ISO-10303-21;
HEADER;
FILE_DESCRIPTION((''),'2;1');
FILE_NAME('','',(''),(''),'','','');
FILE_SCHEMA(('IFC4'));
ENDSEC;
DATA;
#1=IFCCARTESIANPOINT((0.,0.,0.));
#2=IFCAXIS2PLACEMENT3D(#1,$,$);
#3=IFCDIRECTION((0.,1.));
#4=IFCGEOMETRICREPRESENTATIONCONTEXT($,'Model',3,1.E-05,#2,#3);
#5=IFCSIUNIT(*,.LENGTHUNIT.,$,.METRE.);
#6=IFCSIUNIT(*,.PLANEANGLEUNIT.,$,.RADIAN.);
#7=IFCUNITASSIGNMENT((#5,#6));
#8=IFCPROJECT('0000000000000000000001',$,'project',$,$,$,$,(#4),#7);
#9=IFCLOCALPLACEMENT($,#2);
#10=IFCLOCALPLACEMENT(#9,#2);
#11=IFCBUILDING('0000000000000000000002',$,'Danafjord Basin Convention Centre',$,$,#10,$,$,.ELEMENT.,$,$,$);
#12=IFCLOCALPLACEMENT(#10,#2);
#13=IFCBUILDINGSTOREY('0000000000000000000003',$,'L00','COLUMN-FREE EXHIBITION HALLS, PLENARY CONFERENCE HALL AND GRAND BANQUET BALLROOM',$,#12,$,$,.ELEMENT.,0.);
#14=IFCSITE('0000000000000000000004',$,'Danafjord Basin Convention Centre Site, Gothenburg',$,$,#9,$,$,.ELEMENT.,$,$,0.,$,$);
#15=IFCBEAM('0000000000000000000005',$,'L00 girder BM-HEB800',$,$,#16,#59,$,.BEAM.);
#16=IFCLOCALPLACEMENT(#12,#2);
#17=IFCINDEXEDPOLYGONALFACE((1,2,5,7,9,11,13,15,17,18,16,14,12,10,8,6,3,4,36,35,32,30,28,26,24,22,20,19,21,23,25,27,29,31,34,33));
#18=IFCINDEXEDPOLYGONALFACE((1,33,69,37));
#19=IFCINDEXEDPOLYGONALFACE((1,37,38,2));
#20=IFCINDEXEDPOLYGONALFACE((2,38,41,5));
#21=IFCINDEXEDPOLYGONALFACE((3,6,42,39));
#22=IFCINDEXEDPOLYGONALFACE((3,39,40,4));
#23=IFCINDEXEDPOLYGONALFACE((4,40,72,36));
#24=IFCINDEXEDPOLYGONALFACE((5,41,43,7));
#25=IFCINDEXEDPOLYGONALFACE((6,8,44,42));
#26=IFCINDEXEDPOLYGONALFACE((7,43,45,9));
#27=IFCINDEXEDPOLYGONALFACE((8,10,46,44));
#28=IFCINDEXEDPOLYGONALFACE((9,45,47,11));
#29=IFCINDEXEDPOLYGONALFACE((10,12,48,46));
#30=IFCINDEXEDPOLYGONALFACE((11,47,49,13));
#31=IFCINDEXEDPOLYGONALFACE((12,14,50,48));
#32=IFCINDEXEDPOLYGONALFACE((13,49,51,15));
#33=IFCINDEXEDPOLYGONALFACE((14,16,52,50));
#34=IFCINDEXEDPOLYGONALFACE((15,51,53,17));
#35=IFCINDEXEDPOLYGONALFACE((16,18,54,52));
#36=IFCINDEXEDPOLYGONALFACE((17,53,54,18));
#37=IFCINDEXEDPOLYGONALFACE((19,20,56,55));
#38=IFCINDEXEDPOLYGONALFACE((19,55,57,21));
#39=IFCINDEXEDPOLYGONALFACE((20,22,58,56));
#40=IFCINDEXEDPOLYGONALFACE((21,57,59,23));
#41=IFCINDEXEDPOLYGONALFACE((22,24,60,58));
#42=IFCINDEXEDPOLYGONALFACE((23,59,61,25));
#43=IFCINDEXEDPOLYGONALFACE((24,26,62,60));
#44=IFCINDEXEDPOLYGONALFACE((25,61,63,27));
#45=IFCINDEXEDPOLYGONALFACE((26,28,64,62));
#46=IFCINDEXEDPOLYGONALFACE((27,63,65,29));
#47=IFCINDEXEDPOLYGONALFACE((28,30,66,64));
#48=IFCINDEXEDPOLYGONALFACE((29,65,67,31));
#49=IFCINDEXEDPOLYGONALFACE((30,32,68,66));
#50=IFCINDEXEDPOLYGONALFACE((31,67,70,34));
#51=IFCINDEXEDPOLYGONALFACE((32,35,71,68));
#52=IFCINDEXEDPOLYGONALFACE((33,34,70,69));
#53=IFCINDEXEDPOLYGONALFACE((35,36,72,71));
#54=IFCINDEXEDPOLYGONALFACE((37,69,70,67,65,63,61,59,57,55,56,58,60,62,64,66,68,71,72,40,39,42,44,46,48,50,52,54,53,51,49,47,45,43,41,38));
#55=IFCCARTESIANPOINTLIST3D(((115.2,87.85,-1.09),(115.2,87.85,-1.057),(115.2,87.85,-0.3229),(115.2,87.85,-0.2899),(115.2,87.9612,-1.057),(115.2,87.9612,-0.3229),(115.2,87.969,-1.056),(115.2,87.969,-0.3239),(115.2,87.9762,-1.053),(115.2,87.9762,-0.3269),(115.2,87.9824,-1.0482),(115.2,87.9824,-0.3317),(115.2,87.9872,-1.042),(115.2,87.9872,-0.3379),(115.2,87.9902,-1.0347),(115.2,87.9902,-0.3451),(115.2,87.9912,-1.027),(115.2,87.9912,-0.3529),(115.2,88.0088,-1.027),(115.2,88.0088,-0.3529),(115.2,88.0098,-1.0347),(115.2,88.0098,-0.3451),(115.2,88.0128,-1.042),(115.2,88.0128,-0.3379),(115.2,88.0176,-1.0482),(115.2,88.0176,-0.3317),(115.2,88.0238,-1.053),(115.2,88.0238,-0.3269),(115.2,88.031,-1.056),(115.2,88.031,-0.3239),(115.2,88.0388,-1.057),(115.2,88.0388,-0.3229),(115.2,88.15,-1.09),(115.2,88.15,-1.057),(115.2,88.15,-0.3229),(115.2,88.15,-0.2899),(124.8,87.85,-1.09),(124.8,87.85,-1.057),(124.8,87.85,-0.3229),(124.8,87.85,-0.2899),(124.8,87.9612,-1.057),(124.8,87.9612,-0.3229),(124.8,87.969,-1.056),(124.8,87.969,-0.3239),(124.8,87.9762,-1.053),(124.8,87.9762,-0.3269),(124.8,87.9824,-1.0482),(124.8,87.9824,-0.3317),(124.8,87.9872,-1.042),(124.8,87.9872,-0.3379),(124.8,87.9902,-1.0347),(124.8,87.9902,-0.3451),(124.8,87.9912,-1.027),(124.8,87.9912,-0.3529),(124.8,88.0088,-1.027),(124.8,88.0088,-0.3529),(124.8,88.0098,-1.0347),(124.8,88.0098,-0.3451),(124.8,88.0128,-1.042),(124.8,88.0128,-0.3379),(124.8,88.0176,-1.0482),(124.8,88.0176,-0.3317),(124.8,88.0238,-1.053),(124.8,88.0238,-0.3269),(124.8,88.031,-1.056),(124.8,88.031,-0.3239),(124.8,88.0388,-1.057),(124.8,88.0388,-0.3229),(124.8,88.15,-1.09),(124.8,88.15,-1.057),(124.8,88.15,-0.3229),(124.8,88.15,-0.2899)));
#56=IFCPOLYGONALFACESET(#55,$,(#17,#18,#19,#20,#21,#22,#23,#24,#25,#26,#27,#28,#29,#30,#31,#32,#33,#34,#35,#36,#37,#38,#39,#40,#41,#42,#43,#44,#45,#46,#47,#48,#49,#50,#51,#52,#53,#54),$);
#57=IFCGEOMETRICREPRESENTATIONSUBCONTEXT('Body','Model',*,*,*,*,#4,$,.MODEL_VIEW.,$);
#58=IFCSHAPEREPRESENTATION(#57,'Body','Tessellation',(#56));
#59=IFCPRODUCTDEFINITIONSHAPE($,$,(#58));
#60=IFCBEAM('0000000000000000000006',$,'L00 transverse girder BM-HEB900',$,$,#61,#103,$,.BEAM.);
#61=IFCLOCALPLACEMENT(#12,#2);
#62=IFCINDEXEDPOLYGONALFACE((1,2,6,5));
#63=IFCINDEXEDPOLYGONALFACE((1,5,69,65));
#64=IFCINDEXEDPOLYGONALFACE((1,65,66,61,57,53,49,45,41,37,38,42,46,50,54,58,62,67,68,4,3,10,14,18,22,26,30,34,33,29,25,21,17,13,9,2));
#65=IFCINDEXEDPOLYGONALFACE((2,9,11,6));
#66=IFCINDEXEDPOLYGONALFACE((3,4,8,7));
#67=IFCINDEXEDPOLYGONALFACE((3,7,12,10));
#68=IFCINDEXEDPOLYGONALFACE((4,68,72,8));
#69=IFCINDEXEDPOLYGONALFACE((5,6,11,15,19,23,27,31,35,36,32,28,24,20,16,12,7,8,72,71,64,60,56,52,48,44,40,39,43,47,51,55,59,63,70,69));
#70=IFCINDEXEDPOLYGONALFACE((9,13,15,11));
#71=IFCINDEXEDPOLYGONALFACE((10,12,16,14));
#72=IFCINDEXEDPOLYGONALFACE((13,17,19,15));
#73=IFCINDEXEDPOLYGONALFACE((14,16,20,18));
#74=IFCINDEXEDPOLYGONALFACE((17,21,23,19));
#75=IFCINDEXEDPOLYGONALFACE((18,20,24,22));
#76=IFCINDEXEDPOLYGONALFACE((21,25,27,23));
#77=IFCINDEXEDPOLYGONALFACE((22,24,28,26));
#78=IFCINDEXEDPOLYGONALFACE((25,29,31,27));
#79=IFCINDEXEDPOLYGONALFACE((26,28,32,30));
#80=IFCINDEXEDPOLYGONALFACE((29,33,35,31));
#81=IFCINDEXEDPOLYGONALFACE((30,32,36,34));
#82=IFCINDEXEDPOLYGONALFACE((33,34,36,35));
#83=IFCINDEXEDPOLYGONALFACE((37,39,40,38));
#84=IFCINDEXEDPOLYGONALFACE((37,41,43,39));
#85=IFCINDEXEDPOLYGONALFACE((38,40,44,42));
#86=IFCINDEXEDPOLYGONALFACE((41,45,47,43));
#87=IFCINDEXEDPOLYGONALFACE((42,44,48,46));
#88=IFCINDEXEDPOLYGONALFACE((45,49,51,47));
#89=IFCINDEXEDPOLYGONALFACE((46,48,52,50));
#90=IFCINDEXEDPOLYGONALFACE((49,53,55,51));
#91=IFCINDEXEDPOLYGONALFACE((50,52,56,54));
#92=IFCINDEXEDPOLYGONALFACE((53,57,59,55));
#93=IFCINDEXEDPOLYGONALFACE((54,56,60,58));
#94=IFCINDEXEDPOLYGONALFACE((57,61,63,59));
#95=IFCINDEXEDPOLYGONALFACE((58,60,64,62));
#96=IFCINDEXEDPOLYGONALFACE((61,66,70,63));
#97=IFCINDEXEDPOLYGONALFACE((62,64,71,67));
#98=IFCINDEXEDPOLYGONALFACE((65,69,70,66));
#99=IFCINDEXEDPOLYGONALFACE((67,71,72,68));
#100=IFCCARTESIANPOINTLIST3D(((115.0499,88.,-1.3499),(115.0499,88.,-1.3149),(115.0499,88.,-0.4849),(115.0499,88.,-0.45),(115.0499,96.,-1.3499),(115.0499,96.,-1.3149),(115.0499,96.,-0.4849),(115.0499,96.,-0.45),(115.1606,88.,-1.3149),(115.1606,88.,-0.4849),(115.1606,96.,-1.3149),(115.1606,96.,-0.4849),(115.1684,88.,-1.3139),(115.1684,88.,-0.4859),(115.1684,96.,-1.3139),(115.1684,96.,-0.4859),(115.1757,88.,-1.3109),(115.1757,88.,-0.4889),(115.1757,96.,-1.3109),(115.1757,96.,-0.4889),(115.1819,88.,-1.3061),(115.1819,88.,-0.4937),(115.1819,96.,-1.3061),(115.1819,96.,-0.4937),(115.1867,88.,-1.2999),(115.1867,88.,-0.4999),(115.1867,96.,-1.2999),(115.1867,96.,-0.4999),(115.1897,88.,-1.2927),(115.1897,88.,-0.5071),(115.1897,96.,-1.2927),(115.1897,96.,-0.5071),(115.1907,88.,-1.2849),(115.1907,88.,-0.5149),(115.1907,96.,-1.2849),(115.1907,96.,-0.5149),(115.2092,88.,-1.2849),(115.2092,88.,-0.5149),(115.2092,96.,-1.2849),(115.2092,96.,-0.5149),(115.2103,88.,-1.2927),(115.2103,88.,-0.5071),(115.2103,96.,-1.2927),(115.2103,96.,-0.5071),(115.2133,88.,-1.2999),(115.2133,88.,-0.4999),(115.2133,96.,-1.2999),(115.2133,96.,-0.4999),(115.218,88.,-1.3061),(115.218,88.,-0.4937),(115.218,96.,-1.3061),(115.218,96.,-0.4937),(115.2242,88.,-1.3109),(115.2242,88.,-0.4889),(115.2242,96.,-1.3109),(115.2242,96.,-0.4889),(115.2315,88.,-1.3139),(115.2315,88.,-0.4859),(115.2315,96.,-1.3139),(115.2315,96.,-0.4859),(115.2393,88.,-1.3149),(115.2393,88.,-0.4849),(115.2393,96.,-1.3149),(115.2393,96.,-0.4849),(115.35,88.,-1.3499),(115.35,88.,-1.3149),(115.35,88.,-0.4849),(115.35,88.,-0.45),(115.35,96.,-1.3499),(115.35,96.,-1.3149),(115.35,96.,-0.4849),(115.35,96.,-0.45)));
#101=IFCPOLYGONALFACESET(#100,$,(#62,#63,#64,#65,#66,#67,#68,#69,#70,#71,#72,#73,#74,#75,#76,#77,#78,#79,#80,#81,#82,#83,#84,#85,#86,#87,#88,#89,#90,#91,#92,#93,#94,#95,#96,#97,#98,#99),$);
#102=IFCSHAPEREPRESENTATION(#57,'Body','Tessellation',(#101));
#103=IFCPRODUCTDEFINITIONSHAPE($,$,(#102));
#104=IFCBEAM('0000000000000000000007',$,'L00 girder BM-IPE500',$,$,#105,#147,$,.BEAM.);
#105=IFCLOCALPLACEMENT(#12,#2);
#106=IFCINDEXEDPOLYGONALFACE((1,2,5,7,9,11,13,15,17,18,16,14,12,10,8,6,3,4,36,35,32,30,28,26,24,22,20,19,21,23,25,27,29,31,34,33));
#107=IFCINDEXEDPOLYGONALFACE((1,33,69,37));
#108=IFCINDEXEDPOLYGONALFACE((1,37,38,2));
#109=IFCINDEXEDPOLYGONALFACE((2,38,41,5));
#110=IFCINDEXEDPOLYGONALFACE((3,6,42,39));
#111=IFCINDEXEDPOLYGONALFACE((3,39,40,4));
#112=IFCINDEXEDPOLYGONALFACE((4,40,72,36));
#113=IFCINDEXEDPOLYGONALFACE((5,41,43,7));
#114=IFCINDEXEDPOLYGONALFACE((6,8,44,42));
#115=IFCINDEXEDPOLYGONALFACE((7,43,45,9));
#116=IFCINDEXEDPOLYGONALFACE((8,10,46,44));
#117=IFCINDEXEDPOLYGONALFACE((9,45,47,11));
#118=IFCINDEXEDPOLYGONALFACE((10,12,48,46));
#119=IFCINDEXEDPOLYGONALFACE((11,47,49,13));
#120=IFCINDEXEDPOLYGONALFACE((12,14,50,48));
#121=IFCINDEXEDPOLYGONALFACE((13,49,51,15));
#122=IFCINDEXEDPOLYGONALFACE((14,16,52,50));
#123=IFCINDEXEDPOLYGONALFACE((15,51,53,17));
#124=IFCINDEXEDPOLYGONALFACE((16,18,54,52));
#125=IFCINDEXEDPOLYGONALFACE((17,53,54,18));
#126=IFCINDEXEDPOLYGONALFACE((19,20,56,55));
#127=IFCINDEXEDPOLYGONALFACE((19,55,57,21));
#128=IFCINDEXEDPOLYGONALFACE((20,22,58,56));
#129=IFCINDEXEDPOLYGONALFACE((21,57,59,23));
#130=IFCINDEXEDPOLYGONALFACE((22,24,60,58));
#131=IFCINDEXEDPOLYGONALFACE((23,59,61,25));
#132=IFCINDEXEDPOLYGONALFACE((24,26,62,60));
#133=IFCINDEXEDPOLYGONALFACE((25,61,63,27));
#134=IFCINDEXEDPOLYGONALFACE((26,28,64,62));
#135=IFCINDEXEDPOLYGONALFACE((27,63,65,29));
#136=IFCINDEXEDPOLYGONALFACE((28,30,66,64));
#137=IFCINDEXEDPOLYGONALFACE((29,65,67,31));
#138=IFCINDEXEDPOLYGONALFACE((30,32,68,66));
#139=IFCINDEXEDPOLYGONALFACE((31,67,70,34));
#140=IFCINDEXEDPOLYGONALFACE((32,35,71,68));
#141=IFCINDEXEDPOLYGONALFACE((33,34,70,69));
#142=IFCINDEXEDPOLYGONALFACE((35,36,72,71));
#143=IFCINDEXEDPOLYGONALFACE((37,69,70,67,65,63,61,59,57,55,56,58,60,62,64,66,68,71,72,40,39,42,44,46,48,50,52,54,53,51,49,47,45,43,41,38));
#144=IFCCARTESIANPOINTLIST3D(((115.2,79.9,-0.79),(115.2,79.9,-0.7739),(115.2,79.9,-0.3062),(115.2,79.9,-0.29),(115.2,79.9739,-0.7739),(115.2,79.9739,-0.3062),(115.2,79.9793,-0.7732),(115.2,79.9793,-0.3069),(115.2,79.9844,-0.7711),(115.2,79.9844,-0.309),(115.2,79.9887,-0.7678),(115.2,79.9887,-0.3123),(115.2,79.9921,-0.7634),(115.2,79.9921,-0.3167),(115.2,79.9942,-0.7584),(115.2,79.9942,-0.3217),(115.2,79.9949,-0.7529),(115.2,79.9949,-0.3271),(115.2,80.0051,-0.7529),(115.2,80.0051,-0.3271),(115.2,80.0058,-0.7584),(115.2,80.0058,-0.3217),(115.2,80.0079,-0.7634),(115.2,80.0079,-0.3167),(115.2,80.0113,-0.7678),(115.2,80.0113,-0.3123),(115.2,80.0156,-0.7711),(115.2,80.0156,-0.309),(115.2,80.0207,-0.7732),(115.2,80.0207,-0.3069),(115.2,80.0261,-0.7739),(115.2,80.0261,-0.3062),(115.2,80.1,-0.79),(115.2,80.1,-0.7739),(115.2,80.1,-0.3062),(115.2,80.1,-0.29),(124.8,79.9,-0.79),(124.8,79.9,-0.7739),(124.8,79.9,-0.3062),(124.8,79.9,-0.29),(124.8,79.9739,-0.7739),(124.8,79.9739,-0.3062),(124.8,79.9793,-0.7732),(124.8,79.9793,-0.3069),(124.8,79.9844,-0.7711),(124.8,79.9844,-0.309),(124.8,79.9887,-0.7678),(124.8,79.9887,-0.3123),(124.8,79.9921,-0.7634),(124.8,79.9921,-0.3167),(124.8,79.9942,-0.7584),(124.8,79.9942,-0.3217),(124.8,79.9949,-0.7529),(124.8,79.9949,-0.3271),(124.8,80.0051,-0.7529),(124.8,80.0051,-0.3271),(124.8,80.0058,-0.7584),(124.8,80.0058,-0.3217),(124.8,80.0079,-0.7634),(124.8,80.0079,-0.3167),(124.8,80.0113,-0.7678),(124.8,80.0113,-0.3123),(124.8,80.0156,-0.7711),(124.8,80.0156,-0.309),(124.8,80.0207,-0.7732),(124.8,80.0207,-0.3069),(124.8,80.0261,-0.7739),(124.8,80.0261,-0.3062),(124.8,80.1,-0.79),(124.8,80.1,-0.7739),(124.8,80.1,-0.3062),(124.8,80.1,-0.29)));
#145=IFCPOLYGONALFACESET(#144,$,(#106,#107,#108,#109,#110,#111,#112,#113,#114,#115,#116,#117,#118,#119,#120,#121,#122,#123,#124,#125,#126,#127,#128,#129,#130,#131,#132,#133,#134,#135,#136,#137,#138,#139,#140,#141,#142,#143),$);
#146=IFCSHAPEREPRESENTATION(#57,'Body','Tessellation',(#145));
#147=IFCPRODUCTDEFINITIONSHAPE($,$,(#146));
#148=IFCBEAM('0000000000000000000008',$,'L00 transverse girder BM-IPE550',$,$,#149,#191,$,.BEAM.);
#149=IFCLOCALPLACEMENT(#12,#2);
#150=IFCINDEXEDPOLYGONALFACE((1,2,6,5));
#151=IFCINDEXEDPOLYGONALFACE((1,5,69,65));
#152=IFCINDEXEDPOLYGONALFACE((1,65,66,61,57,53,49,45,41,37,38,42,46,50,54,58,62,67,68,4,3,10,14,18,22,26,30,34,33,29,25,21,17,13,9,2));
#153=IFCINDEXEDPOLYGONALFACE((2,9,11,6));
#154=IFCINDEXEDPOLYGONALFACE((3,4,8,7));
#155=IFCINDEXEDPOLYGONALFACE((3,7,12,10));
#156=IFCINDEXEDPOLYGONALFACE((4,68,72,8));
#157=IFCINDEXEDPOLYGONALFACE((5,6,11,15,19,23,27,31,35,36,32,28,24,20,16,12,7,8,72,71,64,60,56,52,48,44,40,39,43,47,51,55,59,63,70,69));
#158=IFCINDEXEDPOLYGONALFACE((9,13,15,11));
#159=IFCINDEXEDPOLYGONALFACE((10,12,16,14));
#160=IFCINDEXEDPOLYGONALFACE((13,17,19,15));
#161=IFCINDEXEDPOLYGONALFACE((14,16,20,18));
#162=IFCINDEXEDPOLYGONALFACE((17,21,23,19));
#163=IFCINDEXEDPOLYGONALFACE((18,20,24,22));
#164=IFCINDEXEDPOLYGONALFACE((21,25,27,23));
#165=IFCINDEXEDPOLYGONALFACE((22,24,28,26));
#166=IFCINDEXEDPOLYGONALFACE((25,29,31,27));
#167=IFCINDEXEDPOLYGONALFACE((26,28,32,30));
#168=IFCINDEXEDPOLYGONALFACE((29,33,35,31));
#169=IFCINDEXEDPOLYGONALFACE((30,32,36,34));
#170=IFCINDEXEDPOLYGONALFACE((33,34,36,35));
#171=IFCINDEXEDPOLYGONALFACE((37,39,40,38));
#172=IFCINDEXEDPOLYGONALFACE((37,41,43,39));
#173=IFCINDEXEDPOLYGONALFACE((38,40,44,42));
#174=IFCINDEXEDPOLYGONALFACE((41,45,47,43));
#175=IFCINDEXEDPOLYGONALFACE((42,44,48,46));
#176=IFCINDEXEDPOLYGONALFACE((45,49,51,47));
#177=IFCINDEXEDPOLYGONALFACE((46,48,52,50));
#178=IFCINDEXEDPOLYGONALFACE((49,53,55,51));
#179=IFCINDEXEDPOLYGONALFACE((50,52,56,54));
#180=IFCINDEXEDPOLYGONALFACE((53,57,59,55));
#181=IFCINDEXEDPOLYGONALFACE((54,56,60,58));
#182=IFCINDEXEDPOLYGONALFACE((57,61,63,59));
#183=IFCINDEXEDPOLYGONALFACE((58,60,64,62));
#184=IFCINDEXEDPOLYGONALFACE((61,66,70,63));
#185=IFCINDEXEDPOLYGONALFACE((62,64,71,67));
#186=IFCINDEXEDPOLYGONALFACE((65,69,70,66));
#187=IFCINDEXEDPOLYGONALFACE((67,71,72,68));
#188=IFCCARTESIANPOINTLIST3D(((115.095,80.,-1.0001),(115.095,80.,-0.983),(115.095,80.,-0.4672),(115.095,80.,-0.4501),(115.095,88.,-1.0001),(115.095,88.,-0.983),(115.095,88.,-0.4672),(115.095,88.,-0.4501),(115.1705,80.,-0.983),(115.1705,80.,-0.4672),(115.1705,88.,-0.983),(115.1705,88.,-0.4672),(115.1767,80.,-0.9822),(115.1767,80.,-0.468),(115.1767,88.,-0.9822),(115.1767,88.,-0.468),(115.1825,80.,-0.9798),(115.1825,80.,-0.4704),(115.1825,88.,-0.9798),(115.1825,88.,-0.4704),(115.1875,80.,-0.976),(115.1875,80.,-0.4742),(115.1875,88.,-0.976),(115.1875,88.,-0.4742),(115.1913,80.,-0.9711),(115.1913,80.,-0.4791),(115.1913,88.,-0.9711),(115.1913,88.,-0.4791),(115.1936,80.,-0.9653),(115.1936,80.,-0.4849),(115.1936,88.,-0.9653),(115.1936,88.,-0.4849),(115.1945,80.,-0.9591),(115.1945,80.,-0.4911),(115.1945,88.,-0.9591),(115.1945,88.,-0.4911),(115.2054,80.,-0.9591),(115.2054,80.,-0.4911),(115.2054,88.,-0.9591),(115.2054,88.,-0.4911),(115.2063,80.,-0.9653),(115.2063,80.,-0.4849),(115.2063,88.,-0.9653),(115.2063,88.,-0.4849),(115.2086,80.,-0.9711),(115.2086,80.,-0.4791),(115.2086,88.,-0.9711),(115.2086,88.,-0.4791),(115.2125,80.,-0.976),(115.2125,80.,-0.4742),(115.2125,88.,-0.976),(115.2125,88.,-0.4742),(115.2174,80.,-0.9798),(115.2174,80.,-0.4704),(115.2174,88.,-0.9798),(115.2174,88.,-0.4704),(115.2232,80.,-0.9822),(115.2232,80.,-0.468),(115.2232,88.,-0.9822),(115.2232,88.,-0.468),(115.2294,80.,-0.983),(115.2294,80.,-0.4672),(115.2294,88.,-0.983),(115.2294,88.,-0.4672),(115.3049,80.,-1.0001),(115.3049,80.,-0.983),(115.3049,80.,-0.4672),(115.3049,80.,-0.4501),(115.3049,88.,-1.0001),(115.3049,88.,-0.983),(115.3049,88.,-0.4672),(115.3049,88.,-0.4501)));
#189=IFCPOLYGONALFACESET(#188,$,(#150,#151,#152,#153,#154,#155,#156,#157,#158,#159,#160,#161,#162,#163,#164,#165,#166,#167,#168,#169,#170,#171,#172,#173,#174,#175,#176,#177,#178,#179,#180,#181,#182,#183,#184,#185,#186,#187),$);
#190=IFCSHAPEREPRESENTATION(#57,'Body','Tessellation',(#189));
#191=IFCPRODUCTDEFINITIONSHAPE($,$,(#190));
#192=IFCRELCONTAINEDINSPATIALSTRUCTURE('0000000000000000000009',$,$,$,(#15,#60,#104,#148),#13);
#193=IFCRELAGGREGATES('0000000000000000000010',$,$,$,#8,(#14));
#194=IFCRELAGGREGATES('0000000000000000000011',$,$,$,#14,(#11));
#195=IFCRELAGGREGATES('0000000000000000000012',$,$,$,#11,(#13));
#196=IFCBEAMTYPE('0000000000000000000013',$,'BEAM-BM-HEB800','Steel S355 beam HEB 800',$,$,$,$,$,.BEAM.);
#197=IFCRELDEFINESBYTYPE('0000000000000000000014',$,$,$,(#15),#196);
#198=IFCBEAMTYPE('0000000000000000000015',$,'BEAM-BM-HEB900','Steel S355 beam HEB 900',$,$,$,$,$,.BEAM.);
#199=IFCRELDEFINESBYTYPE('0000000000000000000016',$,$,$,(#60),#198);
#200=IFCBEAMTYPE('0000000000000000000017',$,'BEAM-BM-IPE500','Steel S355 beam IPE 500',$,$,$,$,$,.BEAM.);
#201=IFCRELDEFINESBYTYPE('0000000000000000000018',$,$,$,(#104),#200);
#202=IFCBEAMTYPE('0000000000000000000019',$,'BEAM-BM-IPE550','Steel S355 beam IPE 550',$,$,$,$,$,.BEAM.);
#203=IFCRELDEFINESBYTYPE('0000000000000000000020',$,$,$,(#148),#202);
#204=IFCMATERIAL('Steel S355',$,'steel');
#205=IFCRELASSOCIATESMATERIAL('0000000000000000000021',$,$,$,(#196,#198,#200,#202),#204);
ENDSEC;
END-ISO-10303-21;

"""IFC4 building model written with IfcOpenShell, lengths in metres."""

from ifc_helpers import new_model, si_unit, direction, frame, origin, origin_2d, place, context, subcontext, project, spatial, i_section, extrude, material, material_profile, profile_set, type_object, element, save


model = new_model("IFC4")

# Units and contexts
model_context = context("Model", 3, precision=1e-05, world=origin(), true_north=direction((0.0, 1.0)))
body_context = subcontext(model_context, "Body", "Model", "MODEL_VIEW")
ifc_project = project(units=[si_unit("LENGTHUNIT", "METRE"), si_unit("PLANEANGLEUNIT", "RADIAN")], contexts=[model_context])

# Site, building, storey
site_placement = place(None, origin())
site = spatial("IfcSite", under=ifc_project, at=site_placement, Name="Danafjord Basin Convention Centre Site, Gothenburg", CompositionType="ELEMENT", RefElevation=0.0)
building_placement = place(site_placement, origin())
building = spatial("IfcBuilding", under=site, at=building_placement, Name="Danafjord Basin Convention Centre", CompositionType="ELEMENT")
storey_placement = place(building_placement, origin())
storey = spatial("IfcBuildingStorey", under=building, at=storey_placement, Name="L00", Description="COLUMN-FREE EXHIBITION HALLS, PLENARY CONFERENCE HALL AND GRAND BANQUET BALLROOM", CompositionType="ELEMENT", Elevation=0.0)

# Shared definitions
ifc_material_1 = material(Name="Steel S355", Category="steel")

# Beams
ifc_material_profile_1 = material_profile(ifc_material_1, i_section(OverallWidth=0.3, OverallDepth=0.8, WebThickness=0.0176, FlangeThickness=0.033, FilletRadius=0.03, at=origin_2d()), Name="HEB 800")
ifc_profile_set_1 = profile_set([ifc_material_profile_1], Name="Steel S355")
beam_type_1 = type_object("IfcBeamType", Name="BEAM-BM-HEB800", Description="Steel S355 beam HEB 800", PredefinedType="BEAM", material=ifc_profile_set_1)
beam_1_placement = place(storey_placement, frame((115.2, 88.0, -0.6899), z_axis=(1.0, 0.0, 0.0), x_axis=(0.0, 1.0, 0.0)))
element("IfcBeam", 1, at=beam_1_placement, inside=storey, type_object=beam_type_1, Name="L00 girder BM-HEB800", PredefinedType="BEAM", context=body_context, shape_type="SweptSolid", body=[
    extrude(i_section(OverallWidth=0.3, OverallDepth=0.8, WebThickness=0.0176, FlangeThickness=0.033, FilletRadius=0.03, at=origin_2d()), origin(), (0.0, 0.0, 1.0), 9.6001),
])
ifc_material_profile_2 = material_profile(ifc_material_1, i_section(OverallWidth=0.3, OverallDepth=0.8999, WebThickness=0.0186, FlangeThickness=0.0349, FilletRadius=0.03, at=origin_2d()), Name="HEB 900")
ifc_profile_set_2 = profile_set([ifc_material_profile_2], Name="Steel S355")
beam_type_2 = type_object("IfcBeamType", Name="BEAM-BM-HEB900", Description="Steel S355 beam HEB 900", PredefinedType="BEAM", material=ifc_profile_set_2)
beam_2_placement = place(storey_placement, frame((115.2, 88.0, -0.8999), z_axis=(0.0, 1.0, 0.0), x_axis=(-1.0, 0.0, 0.0)))
element("IfcBeam", 2, at=beam_2_placement, inside=storey, type_object=beam_type_2, Name="L00 transverse girder BM-HEB900", PredefinedType="BEAM", context=body_context, shape_type="SweptSolid", body=[
    extrude(i_section(OverallWidth=0.3, OverallDepth=0.8999, WebThickness=0.0186, FlangeThickness=0.0349, FilletRadius=0.03, at=origin_2d()), origin(), (0.0, 0.0, 1.0), 8.0),
])
ifc_material_profile_3 = material_profile(ifc_material_1, i_section(OverallWidth=0.2, OverallDepth=0.5, WebThickness=0.0103, FlangeThickness=0.0161, FilletRadius=0.021, at=origin_2d()), Name="IPE 500")
ifc_profile_set_3 = profile_set([ifc_material_profile_3], Name="Steel S355")
beam_type_3 = type_object("IfcBeamType", Name="BEAM-BM-IPE500", Description="Steel S355 beam IPE 500", PredefinedType="BEAM", material=ifc_profile_set_3)
beam_3_placement = place(storey_placement, frame((115.2, 80.0, -0.54), z_axis=(1.0, 0.0, 0.0), x_axis=(0.0, 1.0, 0.0)))
element("IfcBeam", 3, at=beam_3_placement, inside=storey, type_object=beam_type_3, Name="L00 girder BM-IPE500", PredefinedType="BEAM", context=body_context, shape_type="SweptSolid", body=[
    extrude(i_section(OverallWidth=0.2, OverallDepth=0.5, WebThickness=0.0103, FlangeThickness=0.0161, FilletRadius=0.021, at=origin_2d()), origin(), (0.0, 0.0, 1.0), 9.6001),
])
ifc_material_profile_4 = material_profile(ifc_material_1, i_section(OverallWidth=0.21, OverallDepth=0.55, WebThickness=0.011, FlangeThickness=0.0171, FilletRadius=0.0239, at=origin_2d()), Name="IPE 550")
ifc_profile_set_4 = profile_set([ifc_material_profile_4], Name="Steel S355")
beam_type_4 = type_object("IfcBeamType", Name="BEAM-BM-IPE550", Description="Steel S355 beam IPE 550", PredefinedType="BEAM", material=ifc_profile_set_4)
beam_4_placement = place(storey_placement, frame((115.2, 80.0, -0.7251), z_axis=(0.0, 1.0, 0.0), x_axis=(-1.0, 0.0, 0.0)))
element("IfcBeam", 4, at=beam_4_placement, inside=storey, type_object=beam_type_4, Name="L00 transverse girder BM-IPE550", PredefinedType="BEAM", context=body_context, shape_type="SweptSolid", body=[
    extrude(i_section(OverallWidth=0.21, OverallDepth=0.55, WebThickness=0.011, FlangeThickness=0.0171, FilletRadius=0.0239, at=origin_2d()), origin(), (0.0, 0.0, 1.0), 8.0),
])

save(model, "model.ifc")
